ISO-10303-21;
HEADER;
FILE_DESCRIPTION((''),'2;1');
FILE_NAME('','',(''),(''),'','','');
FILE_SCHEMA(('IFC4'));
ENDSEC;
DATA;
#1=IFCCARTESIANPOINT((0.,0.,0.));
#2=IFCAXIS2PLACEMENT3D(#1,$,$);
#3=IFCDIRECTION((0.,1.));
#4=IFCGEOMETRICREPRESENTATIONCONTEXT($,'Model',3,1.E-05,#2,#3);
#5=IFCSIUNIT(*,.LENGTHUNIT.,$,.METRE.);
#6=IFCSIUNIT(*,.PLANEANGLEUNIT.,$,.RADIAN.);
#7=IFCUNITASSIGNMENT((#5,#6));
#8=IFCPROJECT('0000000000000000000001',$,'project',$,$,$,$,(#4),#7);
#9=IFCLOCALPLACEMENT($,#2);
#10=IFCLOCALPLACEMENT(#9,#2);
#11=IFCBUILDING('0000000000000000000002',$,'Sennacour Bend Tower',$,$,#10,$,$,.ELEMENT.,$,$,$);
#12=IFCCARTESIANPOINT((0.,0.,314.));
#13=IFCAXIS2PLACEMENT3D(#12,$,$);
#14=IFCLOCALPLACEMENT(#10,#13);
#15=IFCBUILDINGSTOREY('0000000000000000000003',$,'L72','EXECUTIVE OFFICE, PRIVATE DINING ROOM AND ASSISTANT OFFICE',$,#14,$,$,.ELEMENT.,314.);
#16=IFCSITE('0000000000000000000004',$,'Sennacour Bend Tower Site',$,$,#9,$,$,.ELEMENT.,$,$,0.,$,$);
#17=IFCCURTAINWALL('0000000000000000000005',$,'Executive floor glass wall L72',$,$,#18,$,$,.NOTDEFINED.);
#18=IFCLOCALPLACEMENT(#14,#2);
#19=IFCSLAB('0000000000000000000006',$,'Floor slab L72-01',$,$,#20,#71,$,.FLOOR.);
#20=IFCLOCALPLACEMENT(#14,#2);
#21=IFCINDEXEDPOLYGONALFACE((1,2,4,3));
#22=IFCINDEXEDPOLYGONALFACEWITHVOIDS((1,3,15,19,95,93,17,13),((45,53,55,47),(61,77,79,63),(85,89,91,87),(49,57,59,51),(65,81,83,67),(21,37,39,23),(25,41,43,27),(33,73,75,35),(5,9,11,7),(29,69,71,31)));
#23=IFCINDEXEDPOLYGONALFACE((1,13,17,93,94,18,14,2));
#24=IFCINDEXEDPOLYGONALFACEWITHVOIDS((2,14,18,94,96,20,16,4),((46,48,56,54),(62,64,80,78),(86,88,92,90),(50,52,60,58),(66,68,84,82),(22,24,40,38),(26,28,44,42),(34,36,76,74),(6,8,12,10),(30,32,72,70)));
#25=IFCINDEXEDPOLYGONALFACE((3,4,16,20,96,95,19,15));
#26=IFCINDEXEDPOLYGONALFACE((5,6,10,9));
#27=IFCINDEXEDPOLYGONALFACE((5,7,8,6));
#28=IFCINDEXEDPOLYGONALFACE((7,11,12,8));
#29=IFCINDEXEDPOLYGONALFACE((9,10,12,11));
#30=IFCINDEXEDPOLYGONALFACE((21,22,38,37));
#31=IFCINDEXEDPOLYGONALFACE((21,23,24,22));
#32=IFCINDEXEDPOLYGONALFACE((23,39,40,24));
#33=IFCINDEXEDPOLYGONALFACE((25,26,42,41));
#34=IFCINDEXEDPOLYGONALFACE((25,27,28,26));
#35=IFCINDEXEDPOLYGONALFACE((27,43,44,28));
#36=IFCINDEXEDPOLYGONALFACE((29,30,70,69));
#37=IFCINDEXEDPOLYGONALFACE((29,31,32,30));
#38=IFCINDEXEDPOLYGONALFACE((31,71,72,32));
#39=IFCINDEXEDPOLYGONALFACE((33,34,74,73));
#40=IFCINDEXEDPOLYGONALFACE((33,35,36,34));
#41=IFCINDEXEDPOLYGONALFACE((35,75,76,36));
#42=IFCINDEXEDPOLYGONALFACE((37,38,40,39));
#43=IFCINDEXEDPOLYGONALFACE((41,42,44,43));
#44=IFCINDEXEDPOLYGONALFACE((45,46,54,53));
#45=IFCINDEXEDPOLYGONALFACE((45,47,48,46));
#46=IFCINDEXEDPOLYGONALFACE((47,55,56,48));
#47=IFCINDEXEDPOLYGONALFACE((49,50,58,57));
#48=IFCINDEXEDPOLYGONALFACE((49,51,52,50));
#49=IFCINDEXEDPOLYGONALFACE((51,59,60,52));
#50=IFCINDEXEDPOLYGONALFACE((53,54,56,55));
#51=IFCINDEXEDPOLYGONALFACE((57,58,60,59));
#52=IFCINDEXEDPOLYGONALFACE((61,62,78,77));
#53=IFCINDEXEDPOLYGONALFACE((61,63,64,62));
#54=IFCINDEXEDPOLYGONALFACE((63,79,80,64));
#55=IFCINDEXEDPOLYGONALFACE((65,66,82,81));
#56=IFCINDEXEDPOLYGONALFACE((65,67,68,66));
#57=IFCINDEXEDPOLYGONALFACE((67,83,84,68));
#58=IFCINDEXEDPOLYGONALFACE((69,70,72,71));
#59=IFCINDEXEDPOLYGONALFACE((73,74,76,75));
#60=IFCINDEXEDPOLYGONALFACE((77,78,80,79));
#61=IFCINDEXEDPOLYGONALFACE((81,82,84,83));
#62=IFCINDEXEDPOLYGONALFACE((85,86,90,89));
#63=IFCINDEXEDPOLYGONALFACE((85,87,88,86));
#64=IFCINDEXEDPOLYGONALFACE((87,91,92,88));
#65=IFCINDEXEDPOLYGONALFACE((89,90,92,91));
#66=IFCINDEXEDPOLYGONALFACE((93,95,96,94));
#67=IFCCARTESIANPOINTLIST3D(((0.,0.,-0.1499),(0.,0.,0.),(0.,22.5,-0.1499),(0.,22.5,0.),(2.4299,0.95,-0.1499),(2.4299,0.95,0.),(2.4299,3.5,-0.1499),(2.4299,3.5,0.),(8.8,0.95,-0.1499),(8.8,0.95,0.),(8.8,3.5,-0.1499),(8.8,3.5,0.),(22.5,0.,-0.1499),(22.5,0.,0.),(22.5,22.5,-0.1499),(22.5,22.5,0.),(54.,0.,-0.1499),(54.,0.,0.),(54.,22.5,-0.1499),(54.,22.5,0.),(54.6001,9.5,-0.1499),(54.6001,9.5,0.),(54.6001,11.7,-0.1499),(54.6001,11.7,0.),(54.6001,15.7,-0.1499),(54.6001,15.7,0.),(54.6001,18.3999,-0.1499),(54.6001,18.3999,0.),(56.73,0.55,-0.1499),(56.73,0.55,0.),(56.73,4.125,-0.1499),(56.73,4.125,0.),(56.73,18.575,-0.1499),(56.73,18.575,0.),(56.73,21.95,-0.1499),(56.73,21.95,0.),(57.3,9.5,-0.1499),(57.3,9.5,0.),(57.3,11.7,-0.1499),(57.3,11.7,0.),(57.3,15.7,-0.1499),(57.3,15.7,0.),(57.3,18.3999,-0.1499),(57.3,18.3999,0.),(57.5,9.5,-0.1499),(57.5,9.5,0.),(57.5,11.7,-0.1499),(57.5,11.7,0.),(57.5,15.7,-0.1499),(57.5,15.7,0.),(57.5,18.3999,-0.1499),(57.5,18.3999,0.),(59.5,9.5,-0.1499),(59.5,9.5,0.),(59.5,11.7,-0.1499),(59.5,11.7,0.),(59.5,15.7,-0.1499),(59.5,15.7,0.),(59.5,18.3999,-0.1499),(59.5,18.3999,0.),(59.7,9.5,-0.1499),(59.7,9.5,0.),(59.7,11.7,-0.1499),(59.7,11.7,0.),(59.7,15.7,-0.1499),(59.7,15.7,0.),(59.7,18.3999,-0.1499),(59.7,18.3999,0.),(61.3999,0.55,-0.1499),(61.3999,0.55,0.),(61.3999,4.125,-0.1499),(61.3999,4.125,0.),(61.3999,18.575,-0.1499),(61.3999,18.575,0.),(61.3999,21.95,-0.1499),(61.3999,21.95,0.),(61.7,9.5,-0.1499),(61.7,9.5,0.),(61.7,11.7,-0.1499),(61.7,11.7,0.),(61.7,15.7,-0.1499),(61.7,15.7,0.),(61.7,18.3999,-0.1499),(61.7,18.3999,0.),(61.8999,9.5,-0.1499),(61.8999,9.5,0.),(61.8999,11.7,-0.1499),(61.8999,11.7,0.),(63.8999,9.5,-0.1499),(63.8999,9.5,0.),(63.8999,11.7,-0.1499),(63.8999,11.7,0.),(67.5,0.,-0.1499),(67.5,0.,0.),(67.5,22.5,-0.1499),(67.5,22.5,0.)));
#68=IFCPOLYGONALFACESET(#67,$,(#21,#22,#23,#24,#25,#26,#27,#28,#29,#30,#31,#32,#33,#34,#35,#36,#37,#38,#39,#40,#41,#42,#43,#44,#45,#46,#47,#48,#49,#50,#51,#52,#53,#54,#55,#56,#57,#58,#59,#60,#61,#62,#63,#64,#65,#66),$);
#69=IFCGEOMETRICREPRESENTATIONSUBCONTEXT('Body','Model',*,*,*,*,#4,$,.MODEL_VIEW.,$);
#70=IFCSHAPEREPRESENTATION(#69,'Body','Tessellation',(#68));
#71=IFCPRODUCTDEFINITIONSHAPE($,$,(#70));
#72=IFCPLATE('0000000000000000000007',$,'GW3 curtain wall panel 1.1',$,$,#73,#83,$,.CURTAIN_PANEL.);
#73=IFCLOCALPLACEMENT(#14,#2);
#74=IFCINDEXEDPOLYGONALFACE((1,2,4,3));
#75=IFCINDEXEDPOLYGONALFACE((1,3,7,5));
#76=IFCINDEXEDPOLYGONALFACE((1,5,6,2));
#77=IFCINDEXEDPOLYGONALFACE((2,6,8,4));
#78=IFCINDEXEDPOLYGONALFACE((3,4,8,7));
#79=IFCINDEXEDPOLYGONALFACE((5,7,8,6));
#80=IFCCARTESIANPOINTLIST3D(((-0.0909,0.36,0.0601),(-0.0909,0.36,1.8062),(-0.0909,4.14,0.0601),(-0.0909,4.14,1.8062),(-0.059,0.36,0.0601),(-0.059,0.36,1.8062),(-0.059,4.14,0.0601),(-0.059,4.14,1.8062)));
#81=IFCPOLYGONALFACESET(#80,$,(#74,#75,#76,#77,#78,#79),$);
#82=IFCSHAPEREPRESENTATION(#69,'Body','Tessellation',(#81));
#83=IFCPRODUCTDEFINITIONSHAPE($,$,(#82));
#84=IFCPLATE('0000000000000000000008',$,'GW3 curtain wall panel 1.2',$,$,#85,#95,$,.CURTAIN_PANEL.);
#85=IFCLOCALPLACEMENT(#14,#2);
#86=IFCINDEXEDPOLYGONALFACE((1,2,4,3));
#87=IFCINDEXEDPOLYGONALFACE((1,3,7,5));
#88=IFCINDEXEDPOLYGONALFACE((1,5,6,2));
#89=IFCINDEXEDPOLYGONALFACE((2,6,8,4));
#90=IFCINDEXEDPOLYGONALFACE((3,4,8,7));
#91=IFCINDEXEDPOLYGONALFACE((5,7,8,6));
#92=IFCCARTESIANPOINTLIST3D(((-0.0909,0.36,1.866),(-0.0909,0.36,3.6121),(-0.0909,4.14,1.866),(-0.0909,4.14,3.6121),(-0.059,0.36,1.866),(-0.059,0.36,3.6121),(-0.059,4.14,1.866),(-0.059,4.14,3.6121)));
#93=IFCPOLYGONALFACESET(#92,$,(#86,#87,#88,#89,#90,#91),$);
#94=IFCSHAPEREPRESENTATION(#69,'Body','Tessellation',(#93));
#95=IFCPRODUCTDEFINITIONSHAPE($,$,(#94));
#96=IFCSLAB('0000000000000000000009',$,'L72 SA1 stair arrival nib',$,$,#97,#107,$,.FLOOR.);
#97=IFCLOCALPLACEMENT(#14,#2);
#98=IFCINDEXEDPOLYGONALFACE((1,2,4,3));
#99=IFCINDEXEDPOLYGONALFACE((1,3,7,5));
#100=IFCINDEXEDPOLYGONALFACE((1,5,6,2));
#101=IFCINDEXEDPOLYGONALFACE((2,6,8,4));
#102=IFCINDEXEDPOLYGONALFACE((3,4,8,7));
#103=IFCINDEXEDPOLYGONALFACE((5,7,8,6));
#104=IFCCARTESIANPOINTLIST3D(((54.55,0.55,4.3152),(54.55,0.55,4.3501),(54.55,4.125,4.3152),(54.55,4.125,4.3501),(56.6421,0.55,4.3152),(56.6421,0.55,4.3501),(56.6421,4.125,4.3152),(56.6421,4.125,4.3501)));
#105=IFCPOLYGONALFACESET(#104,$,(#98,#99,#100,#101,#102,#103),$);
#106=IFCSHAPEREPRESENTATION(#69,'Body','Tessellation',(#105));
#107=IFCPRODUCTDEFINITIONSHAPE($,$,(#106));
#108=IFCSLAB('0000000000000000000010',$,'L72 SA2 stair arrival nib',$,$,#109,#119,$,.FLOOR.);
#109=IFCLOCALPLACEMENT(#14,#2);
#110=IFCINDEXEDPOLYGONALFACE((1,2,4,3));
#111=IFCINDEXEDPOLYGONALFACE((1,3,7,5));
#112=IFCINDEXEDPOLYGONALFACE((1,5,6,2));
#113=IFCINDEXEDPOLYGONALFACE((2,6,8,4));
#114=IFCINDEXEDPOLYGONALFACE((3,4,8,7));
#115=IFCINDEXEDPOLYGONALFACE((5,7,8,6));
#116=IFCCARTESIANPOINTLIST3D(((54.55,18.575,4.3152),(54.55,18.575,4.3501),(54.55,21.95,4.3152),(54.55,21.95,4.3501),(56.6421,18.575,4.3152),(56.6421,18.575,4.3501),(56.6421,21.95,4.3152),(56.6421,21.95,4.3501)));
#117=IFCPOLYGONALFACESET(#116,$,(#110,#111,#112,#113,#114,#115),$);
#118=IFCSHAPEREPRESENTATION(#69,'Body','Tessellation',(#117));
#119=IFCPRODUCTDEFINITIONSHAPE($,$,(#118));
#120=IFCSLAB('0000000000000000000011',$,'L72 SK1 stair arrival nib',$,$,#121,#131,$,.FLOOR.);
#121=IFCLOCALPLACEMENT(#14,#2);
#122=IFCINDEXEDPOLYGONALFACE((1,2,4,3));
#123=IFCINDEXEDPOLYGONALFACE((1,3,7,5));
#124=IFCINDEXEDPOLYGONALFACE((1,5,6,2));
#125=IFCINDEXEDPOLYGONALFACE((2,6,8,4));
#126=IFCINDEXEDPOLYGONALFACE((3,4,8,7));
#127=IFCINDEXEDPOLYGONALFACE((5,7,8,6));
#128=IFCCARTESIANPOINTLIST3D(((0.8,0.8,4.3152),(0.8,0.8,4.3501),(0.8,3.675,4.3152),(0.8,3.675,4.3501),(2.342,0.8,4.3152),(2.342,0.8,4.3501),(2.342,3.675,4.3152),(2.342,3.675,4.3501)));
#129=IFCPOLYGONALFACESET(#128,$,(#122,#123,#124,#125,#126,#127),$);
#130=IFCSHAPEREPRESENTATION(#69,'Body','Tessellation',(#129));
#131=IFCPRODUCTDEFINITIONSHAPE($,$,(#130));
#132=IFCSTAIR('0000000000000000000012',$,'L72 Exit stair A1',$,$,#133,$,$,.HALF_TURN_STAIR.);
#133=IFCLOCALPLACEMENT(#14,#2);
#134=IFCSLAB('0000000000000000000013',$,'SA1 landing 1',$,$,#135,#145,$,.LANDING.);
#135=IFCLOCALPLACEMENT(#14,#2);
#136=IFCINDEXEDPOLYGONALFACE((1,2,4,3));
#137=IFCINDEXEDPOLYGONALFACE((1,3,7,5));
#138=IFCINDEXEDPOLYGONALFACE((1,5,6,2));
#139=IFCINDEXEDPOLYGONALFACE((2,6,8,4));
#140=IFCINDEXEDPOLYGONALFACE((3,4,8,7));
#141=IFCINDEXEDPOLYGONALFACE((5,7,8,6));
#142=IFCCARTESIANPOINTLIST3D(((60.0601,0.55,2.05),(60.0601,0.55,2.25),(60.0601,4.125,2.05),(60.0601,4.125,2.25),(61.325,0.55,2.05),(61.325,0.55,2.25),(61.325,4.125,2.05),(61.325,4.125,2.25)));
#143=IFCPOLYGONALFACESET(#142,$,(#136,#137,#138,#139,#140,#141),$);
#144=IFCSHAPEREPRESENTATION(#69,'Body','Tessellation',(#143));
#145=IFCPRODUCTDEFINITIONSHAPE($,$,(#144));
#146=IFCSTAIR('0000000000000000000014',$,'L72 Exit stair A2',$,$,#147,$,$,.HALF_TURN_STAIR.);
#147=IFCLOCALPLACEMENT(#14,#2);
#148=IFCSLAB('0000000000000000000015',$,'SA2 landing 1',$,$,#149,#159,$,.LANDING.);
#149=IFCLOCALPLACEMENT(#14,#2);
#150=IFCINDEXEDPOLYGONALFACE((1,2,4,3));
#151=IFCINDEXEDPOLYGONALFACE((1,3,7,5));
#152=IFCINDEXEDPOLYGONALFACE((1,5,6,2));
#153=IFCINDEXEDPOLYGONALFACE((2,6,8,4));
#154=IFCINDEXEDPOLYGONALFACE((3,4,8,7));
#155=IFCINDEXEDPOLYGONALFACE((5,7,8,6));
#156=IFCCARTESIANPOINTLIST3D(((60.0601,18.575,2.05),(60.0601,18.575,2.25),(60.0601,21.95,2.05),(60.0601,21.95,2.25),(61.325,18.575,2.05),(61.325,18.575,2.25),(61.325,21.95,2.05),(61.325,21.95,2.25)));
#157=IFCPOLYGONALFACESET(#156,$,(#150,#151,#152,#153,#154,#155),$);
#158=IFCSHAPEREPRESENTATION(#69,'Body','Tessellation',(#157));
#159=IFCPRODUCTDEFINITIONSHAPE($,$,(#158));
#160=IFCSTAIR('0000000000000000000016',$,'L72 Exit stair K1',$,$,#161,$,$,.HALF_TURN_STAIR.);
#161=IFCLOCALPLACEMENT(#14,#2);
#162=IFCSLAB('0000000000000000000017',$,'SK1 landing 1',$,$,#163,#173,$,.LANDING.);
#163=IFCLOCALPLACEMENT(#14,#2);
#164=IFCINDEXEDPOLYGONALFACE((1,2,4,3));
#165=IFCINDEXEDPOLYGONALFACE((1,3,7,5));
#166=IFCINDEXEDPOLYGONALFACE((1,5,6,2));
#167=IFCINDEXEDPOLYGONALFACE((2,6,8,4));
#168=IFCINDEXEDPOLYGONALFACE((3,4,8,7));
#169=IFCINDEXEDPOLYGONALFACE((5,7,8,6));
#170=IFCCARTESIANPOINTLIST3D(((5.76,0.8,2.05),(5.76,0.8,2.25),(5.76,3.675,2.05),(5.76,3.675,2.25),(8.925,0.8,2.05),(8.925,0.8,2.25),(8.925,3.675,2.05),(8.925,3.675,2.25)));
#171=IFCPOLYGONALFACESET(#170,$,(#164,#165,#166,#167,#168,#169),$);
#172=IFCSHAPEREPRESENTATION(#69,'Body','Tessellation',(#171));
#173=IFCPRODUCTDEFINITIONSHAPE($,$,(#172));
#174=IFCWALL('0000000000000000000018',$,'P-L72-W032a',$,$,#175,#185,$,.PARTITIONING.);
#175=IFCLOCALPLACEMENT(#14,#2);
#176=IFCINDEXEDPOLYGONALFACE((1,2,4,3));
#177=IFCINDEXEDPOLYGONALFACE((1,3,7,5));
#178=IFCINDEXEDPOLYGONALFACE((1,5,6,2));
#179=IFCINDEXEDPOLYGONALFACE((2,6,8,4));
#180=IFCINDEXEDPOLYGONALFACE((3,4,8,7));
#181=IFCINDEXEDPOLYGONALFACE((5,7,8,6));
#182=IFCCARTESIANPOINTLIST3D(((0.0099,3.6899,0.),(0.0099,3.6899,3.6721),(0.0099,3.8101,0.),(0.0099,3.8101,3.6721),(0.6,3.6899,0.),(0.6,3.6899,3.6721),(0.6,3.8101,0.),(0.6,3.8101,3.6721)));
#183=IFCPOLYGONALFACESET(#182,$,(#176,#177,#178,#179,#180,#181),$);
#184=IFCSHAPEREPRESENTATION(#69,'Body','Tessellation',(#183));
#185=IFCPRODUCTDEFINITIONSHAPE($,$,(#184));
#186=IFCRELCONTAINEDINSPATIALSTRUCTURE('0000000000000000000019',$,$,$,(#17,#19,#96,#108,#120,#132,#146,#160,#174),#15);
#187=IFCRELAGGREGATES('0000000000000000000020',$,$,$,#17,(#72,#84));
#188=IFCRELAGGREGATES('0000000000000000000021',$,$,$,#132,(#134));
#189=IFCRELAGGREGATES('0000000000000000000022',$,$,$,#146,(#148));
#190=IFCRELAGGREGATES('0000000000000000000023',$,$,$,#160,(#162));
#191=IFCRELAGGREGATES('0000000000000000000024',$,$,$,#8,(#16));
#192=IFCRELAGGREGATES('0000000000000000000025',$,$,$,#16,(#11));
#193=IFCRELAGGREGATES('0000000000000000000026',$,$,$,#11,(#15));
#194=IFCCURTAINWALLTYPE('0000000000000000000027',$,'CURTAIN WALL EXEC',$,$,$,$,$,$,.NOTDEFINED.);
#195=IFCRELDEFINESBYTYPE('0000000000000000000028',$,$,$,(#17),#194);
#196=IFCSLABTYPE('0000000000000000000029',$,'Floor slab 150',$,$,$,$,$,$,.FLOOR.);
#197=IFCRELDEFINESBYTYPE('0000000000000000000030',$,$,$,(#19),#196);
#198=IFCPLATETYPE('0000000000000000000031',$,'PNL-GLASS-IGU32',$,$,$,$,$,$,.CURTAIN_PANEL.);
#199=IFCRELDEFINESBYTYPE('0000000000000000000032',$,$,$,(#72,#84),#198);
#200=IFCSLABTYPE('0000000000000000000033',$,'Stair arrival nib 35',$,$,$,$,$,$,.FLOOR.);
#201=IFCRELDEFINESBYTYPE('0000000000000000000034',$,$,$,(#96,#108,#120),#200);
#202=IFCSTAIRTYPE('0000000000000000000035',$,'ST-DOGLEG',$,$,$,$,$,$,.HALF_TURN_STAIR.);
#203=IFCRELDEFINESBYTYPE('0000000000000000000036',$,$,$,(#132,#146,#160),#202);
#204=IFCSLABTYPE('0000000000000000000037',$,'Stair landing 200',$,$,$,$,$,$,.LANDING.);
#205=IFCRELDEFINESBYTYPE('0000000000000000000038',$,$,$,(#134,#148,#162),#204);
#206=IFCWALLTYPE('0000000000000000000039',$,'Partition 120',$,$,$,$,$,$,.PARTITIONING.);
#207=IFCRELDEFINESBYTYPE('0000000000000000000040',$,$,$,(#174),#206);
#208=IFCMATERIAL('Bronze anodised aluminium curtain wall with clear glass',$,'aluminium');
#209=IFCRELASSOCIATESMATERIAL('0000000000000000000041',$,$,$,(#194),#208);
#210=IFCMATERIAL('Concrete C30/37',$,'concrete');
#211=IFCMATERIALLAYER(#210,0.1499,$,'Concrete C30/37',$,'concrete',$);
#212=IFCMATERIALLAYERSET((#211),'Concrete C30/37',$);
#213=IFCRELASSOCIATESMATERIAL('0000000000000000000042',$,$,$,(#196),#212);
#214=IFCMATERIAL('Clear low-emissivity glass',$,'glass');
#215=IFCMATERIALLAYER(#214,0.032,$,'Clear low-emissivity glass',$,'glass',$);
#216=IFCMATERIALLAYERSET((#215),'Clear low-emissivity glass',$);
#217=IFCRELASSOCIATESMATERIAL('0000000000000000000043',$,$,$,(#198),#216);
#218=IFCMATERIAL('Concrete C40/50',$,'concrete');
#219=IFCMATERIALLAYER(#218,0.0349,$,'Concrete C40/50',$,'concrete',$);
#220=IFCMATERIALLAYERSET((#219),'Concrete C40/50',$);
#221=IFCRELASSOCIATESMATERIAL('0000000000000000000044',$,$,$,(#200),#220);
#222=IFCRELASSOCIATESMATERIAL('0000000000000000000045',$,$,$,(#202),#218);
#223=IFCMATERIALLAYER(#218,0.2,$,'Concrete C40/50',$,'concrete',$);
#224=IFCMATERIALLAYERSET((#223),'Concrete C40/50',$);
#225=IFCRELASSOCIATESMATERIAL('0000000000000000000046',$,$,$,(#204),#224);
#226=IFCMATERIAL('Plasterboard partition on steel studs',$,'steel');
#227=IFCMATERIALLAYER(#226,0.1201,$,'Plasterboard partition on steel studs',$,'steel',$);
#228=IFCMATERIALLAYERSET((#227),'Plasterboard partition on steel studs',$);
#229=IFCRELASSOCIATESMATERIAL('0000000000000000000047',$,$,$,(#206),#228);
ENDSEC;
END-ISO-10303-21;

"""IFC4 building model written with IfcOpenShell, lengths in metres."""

from ifc_helpers import new_model, si_unit, direction, frame, frame_2d, origin, origin_2d, place, context, subcontext, project, spatial, polyline, rectangle, outline, extrude, material, layer, layer_set, type_object, element, aggregate, save


model = new_model("IFC4")

# Units and contexts
model_context = context("Model", 3, precision=1e-05, world=origin(), true_north=direction((0.0, 1.0)))
body_context = subcontext(model_context, "Body", "Model", "MODEL_VIEW")
ifc_project = project(units=[si_unit("LENGTHUNIT", "METRE"), si_unit("PLANEANGLEUNIT", "RADIAN")], contexts=[model_context])

# Site, building, storey
site_placement = place(None, origin())
site = spatial("IfcSite", under=ifc_project, at=site_placement, Name="Sennacour Bend Tower Site", CompositionType="ELEMENT", RefElevation=0.0)
building_placement = place(site_placement, origin())
building = spatial("IfcBuilding", under=site, at=building_placement, Name="Sennacour Bend Tower", CompositionType="ELEMENT")
storey_placement = place(building_placement, frame((0.0, 0.0, 314.0)))
storey = spatial("IfcBuildingStorey", under=building, at=storey_placement, Name="L72", Description="EXECUTIVE OFFICE, PRIVATE DINING ROOM AND ASSISTANT OFFICE", CompositionType="ELEMENT", Elevation=314.0)

# Shared definitions
ifc_material_1 = material(Name="Bronze anodised aluminium curtain wall with clear glass", Category="aluminium")
curtain_wall_type = type_object("IfcCurtainWallType", Name="CURTAIN WALL EXEC", PredefinedType="NOTDEFINED", material=ifc_material_1)

# Curtain wall
curtain_wall_1_placement = place(storey_placement, origin())
curtain_wall_1 = element("IfcCurtainWall", 1, at=curtain_wall_1_placement, inside=storey, type_object=curtain_wall_type, Name="Executive floor glass wall L72", PredefinedType="NOTDEFINED")

# Slab
ifc_material_2 = material(Name="Concrete C30/37", Category="concrete")
ifc_layer_1 = layer(ifc_material_2, 0.1499, Name="Concrete C30/37", Category="concrete")
ifc_layer_set_1 = layer_set([ifc_layer_1], Name="Concrete C30/37")
slab_type_1 = type_object("IfcSlabType", Name="Floor slab 150", PredefinedType="FLOOR", material=ifc_layer_set_1)
slab_1_placement = place(storey_placement, frame((0.0, 0.0, -0.1499)))
element("IfcSlab", 2, at=slab_1_placement, inside=storey, type_object=slab_type_1, Name="Floor slab L72-01", PredefinedType="FLOOR", context=body_context, shape_type="SweptSolid", body=[
    extrude(outline(polyline([(0.0, 22.5), (22.5, 22.5), (54.0, 22.5), (67.5, 22.5), (67.5, 0.0), (54.0, 0.0), (22.5, 0.0), (0.0, 0.0), (0.0, 22.5)]), holes=[polyline([(8.8, 3.5), (2.4299, 3.5), (2.4299, 0.95), (8.8, 0.95), (8.8, 3.5)]), polyline([(61.3999, 4.125), (56.73, 4.125), (56.73, 0.55), (61.3999, 0.55), (61.3999, 4.125)]), polyline([(57.3, 11.7), (54.6001, 11.7), (54.6001, 9.5), (57.3, 9.5), (57.3, 11.7)]), polyline([(59.5, 9.5), (59.5, 11.7), (57.5, 11.7), (57.5, 9.5), (59.5, 9.5)]), polyline([(61.7, 9.5), (61.7, 11.7), (59.7, 11.7), (59.7, 9.5), (61.7, 9.5)]), polyline([(63.8999, 11.7), (61.8999, 11.7), (61.8999, 9.5), (63.8999, 9.5), (63.8999, 11.7)]), polyline([(57.3, 18.3999), (54.6001, 18.3999), (54.6001, 15.7), (57.3, 15.7), (57.3, 18.3999)]), polyline([(59.5, 18.3999), (57.5, 18.3999), (57.5, 15.7), (59.5, 15.7), (59.5, 18.3999)]), polyline([(61.7, 15.7), (61.7, 18.3999), (59.7, 18.3999), (59.7, 15.7), (61.7, 15.7)]), polyline([(61.3999, 18.575), (61.3999, 21.95), (56.73, 21.95), (56.73, 18.575), (61.3999, 18.575)])]), origin(), (0.0, 0.0, 1.0), 0.1499),
])

# Plates
ifc_material_3 = material(Name="Clear low-emissivity glass", Category="glass")
ifc_layer_2 = layer(ifc_material_3, 0.032, Name="Clear low-emissivity glass", Category="glass")
ifc_layer_set_2 = layer_set([ifc_layer_2], Name="Clear low-emissivity glass")
plate_type = type_object("IfcPlateType", Name="PNL-GLASS-IGU32", PredefinedType="CURTAIN_PANEL", material=ifc_layer_set_2)
plate_1_placement = place(storey_placement, frame((-0.075, 2.25, 0.0601), z_axis=(0.0, 0.0, 1.0), x_axis=(0.0, -1.0, 0.0)))
plate_1 = element("IfcPlate", 3, at=plate_1_placement, type_object=plate_type, Name="GW3 curtain wall panel 1.1", PredefinedType="CURTAIN_PANEL", context=body_context, shape_type="SweptSolid", body=[
    extrude(rectangle(XDim=3.78, YDim=0.032, at=origin_2d()), origin(), (0.0, 0.0, 1.0), 1.7461),
])
plate_2_placement = place(storey_placement, frame((-0.075, 2.25, 1.866), z_axis=(0.0, 0.0, 1.0), x_axis=(0.0, -1.0, 0.0)))
plate_2 = element("IfcPlate", 4, at=plate_2_placement, type_object=plate_type, Name="GW3 curtain wall panel 1.2", PredefinedType="CURTAIN_PANEL", context=body_context, shape_type="SweptSolid", body=[
    extrude(rectangle(XDim=3.78, YDim=0.032, at=origin_2d()), origin(), (0.0, 0.0, 1.0), 1.7461),
])
aggregate(curtain_wall_1, [plate_1, plate_2])

# Slabs
ifc_material_4 = material(Name="Concrete C40/50", Category="concrete")
ifc_layer_3 = layer(ifc_material_4, 0.0349, Name="Concrete C40/50", Category="concrete")
ifc_layer_set_3 = layer_set([ifc_layer_3], Name="Concrete C40/50")
slab_type_2 = type_object("IfcSlabType", Name="Stair arrival nib 35", PredefinedType="FLOOR", material=ifc_layer_set_3)
slab_2_placement = place(storey_placement, frame((0.0, 0.0, 4.3152)))
element("IfcSlab", 5, at=slab_2_placement, inside=storey, type_object=slab_type_2, Name="L72 SA1 stair arrival nib", PredefinedType="FLOOR", context=body_context, shape_type="SweptSolid", body=[
    extrude(outline(polyline([(56.6421, 4.125), (54.55, 4.125), (54.55, 0.55), (56.6421, 0.55), (56.6421, 4.125)])), origin(), (0.0, 0.0, 1.0), 0.0349),
])
slab_3_placement = place(storey_placement, frame((0.0, 0.0, 4.3152)))
element("IfcSlab", 6, at=slab_3_placement, inside=storey, type_object=slab_type_2, Name="L72 SA2 stair arrival nib", PredefinedType="FLOOR", context=body_context, shape_type="SweptSolid", body=[
    extrude(outline(polyline([(56.6421, 21.95), (54.55, 21.95), (54.55, 18.575), (56.6421, 18.575), (56.6421, 21.95)])), origin(), (0.0, 0.0, 1.0), 0.0349),
])
slab_4_placement = place(storey_placement, frame((0.0, 0.0, 4.3152)))
element("IfcSlab", 7, at=slab_4_placement, inside=storey, type_object=slab_type_2, Name="L72 SK1 stair arrival nib", PredefinedType="FLOOR", context=body_context, shape_type="SweptSolid", body=[
    extrude(outline(polyline([(2.342, 3.675), (0.8, 3.675), (0.8, 0.8), (2.342, 0.8), (2.342, 3.675)])), origin(), (0.0, 0.0, 1.0), 0.0349),
])

# Stairs, slabs
stair_type = type_object("IfcStairType", Name="ST-DOGLEG", PredefinedType="HALF_TURN_STAIR", material=ifc_material_4)
stair_1_placement = place(storey_placement, origin())
stair_1 = element("IfcStair", 8, at=stair_1_placement, inside=storey, type_object=stair_type, Name="L72 Exit stair A1", PredefinedType="HALF_TURN_STAIR")
ifc_layer_4 = layer(ifc_material_4, 0.2, Name="Concrete C40/50", Category="concrete")
ifc_layer_set_4 = layer_set([ifc_layer_4], Name="Concrete C40/50")
slab_type_3 = type_object("IfcSlabType", Name="Stair landing 200", PredefinedType="LANDING", material=ifc_layer_set_4)
slab_5_placement = place(storey_placement, frame((0.0, 0.0, 2.05)))
slab_5 = element("IfcSlab", 9, at=slab_5_placement, type_object=slab_type_3, Name="SA1 landing 1", PredefinedType="LANDING", context=body_context, shape_type="SweptSolid", body=[
    extrude(outline(polyline([(60.0601, 0.55), (61.325, 0.55), (61.325, 4.125), (60.0601, 4.125), (60.0601, 0.55)])), origin(), (0.0, 0.0, 1.0), 0.2),
])
aggregate(stair_1, [slab_5])
stair_2_placement = place(storey_placement, origin())
stair_2 = element("IfcStair", 10, at=stair_2_placement, inside=storey, type_object=stair_type, Name="L72 Exit stair A2", PredefinedType="HALF_TURN_STAIR")
slab_6_placement = place(storey_placement, frame((0.0, 0.0, 2.05)))
slab_6 = element("IfcSlab", 11, at=slab_6_placement, type_object=slab_type_3, Name="SA2 landing 1", PredefinedType="LANDING", context=body_context, shape_type="SweptSolid", body=[
    extrude(outline(polyline([(60.0601, 18.575), (61.325, 18.575), (61.325, 21.95), (60.0601, 21.95), (60.0601, 18.575)])), origin(), (0.0, 0.0, 1.0), 0.2),
])
aggregate(stair_2, [slab_6])
stair_3_placement = place(storey_placement, origin())
stair_3 = element("IfcStair", 12, at=stair_3_placement, inside=storey, type_object=stair_type, Name="L72 Exit stair K1", PredefinedType="HALF_TURN_STAIR")
slab_7_placement = place(storey_placement, frame((0.0, 0.0, 2.05)))
slab_7 = element("IfcSlab", 13, at=slab_7_placement, type_object=slab_type_3, Name="SK1 landing 1", PredefinedType="LANDING", context=body_context, shape_type="SweptSolid", body=[
    extrude(outline(polyline([(5.76, 0.8), (8.925, 0.8), (8.925, 3.675), (5.76, 3.675), (5.76, 0.8)])), origin(), (0.0, 0.0, 1.0), 0.2),
])
aggregate(stair_3, [slab_7])

# Wall
ifc_material_5 = material(Name="Plasterboard partition on steel studs", Category="steel")
ifc_layer_5 = layer(ifc_material_5, 0.1201, Name="Plasterboard partition on steel studs", Category="steel")
ifc_layer_set_5 = layer_set([ifc_layer_5], Name="Plasterboard partition on steel studs")
wall_type = type_object("IfcWallType", Name="Partition 120", PredefinedType="PARTITIONING", material=ifc_layer_set_5)
wall_placement = place(storey_placement, frame((0.01, 3.75, 0.0), z_axis=(0.0, 0.0, 1.0), x_axis=(1.0, 0.0, 0.0)))
element("IfcWall", 14, at=wall_placement, inside=storey, type_object=wall_type, Name="P-L72-W032a", PredefinedType="PARTITIONING", context=body_context, shape_type="SweptSolid", body=[
    extrude(rectangle(XDim=0.5901, YDim=0.1201, at=frame_2d((0.2949, 0.0))), origin(), (0.0, 0.0, 1.0), 3.6721),
])

save(model, "model.ifc")
